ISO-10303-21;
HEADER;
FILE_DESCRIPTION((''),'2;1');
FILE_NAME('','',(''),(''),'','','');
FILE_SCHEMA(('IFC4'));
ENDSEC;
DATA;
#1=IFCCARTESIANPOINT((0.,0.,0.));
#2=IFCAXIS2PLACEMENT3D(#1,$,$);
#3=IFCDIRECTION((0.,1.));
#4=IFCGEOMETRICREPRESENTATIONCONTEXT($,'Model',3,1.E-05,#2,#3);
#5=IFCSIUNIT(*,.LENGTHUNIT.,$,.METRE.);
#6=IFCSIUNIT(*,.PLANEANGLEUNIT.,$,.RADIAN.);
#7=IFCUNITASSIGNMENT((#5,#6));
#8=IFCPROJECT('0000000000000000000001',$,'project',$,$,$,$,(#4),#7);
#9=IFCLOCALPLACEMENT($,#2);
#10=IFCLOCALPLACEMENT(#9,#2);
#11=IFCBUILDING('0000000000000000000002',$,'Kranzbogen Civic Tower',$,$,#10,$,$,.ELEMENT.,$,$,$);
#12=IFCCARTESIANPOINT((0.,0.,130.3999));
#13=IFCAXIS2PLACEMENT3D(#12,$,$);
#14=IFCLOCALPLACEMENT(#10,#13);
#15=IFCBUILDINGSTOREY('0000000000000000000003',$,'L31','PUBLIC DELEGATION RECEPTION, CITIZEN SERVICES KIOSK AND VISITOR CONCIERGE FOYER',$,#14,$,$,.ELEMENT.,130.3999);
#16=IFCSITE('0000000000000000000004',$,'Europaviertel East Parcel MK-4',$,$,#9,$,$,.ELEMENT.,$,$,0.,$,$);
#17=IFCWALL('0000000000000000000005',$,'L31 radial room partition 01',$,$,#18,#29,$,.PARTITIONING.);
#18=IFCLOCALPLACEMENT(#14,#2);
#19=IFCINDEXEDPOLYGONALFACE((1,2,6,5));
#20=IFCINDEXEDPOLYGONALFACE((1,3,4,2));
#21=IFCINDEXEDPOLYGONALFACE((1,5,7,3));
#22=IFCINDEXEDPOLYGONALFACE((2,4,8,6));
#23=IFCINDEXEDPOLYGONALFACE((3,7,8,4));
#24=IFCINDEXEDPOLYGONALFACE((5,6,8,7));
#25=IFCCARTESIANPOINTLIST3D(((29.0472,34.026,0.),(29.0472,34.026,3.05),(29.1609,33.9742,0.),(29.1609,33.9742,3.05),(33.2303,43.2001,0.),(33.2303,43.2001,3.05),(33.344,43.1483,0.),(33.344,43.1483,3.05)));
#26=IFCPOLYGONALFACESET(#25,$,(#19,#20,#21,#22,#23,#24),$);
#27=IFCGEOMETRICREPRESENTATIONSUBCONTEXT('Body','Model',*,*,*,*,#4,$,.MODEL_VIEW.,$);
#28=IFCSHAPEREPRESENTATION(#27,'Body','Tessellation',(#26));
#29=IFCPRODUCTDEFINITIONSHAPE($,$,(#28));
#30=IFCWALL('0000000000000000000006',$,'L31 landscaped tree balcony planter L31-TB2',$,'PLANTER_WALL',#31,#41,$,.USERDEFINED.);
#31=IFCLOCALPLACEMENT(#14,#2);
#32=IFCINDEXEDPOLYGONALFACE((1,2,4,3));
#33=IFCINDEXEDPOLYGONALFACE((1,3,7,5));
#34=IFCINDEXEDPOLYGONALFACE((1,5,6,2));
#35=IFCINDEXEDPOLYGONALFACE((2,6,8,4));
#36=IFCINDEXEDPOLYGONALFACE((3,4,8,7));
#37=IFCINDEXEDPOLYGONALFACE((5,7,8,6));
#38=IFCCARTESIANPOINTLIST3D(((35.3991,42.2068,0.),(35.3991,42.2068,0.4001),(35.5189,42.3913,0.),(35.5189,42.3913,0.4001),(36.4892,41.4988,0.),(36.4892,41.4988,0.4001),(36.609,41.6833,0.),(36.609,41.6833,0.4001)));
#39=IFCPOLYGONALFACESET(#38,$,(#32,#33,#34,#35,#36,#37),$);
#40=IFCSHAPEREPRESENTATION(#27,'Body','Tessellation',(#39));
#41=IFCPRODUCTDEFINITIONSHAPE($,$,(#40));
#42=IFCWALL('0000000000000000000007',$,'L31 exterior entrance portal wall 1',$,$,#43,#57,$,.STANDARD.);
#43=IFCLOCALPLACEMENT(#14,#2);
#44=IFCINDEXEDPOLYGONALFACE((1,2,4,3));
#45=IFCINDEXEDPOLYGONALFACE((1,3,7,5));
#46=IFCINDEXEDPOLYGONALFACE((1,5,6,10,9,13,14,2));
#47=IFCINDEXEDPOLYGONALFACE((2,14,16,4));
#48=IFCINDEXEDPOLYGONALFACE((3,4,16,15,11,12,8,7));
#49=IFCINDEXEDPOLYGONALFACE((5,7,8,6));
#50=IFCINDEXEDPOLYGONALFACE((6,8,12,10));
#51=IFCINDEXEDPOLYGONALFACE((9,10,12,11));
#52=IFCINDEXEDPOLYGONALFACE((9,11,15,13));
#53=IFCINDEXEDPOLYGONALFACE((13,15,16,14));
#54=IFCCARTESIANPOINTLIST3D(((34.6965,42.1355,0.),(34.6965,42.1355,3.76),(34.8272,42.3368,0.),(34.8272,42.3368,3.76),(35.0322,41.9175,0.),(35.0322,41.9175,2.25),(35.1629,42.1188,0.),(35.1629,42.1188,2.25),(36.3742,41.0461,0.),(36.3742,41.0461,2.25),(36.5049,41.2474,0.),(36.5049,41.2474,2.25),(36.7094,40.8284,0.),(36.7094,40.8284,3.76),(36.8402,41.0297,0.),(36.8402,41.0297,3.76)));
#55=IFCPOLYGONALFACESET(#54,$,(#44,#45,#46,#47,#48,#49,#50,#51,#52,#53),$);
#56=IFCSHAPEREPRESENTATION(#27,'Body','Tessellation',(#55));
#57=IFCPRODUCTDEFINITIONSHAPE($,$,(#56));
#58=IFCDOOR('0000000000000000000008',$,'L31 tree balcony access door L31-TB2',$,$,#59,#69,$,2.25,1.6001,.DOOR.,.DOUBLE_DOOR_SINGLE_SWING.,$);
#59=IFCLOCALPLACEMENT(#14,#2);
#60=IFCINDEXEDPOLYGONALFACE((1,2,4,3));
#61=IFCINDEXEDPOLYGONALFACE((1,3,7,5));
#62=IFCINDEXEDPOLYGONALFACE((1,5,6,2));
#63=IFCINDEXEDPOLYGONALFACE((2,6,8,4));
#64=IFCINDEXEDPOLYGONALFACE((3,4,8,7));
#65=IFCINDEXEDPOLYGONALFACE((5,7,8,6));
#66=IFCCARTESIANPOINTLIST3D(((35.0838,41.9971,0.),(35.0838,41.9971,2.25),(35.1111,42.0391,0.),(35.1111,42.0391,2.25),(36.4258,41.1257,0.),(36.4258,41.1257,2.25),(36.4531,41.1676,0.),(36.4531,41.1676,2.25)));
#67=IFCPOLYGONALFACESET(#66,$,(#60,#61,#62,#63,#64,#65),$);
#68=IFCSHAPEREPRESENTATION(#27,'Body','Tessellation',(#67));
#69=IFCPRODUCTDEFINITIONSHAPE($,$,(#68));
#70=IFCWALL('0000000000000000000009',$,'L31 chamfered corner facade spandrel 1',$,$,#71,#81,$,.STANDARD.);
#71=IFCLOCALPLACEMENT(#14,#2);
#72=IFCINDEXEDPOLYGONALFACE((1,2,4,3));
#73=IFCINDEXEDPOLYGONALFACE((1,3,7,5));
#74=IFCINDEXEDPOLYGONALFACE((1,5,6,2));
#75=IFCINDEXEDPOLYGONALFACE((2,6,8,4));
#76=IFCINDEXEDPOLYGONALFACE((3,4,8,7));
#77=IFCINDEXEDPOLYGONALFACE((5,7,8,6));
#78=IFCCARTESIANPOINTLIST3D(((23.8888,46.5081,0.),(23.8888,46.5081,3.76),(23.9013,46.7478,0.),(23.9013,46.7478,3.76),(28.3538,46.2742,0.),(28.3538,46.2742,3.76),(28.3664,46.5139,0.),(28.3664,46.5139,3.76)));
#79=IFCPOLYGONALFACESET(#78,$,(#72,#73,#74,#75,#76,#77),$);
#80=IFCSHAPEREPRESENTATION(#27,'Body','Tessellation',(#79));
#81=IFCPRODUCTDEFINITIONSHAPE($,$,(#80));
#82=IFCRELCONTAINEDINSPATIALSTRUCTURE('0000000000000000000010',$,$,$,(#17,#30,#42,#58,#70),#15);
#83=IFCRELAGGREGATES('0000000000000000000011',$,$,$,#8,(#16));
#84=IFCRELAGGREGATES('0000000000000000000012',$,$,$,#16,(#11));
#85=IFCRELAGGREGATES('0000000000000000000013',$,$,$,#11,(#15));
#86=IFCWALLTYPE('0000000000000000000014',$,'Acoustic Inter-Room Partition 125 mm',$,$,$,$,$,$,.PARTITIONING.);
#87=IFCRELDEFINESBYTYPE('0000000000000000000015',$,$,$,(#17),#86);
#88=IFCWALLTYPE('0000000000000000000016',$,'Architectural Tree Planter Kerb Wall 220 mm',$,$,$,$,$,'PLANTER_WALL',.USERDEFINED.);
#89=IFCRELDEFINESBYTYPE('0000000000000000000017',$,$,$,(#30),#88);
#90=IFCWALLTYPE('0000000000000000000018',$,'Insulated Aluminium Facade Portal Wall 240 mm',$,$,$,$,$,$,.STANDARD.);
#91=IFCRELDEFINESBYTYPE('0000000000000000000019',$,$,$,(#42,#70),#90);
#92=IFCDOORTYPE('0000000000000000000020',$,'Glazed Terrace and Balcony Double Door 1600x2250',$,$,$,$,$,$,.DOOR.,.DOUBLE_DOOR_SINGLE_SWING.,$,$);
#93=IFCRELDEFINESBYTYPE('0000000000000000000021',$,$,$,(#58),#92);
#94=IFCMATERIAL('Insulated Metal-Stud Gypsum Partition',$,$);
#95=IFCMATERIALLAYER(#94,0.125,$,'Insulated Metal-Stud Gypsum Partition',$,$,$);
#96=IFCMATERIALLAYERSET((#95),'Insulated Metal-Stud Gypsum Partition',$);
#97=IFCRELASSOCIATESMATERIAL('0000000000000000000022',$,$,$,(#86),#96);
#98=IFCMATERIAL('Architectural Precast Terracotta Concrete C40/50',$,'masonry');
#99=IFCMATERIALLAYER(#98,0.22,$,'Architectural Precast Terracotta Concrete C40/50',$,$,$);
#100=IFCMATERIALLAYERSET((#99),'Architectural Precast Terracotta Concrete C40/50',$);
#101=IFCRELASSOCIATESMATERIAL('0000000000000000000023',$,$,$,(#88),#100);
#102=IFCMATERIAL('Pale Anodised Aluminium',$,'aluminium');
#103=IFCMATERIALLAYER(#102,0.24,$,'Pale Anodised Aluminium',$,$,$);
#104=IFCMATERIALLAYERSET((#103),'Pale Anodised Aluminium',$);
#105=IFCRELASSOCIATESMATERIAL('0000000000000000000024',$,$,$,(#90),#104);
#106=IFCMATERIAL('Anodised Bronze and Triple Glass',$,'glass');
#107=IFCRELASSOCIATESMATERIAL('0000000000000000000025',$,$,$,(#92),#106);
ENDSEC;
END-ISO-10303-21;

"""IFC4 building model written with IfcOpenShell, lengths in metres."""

from ifc_helpers import new_model, si_unit, direction, frame, frame_2d, origin, place, context, subcontext, project, spatial, rectangle, extrude, material, layer, layer_set, type_object, element, fill, save


model = new_model("IFC4")

# Units and contexts
model_context = context("Model", 3, precision=1e-05, world=origin(), true_north=direction((0.0, 1.0)))
body_context = subcontext(model_context, "Body", "Model", "MODEL_VIEW")
ifc_project = project(units=[si_unit("LENGTHUNIT", "METRE"), si_unit("PLANEANGLEUNIT", "RADIAN")], contexts=[model_context])

# Site, building, storey
site_placement = place(None, origin())
site = spatial("IfcSite", under=ifc_project, at=site_placement, Name="Europaviertel East Parcel MK-4", CompositionType="ELEMENT", RefElevation=0.0)
building_placement = place(site_placement, origin())
building = spatial("IfcBuilding", under=site, at=building_placement, Name="Kranzbogen Civic Tower", CompositionType="ELEMENT")
storey_placement = place(building_placement, frame((0.0, 0.0, 130.3999)))
storey = spatial("IfcBuildingStorey", under=building, at=storey_placement, Name="L31", Description="PUBLIC DELEGATION RECEPTION, CITIZEN SERVICES KIOSK AND VISITOR CONCIERGE FOYER", CompositionType="ELEMENT", Elevation=130.3999)

# Shared definitions
ifc_material_1 = material(Name="Pale Anodised Aluminium", Category="aluminium")

# Walls
ifc_material_2 = material(Name="Insulated Metal-Stud Gypsum Partition")
ifc_layer_1 = layer(ifc_material_2, 0.125, Name="Insulated Metal-Stud Gypsum Partition")
ifc_layer_set_1 = layer_set([ifc_layer_1], Name="Insulated Metal-Stud Gypsum Partition")
wall_type_1 = type_object("IfcWallType", Name="Acoustic Inter-Room Partition 125 mm", PredefinedType="PARTITIONING", material=ifc_layer_set_1)
wall_1_placement = place(storey_placement, frame((29.104, 34.0, 0.0), z_axis=(0.0, 0.0, 1.0), x_axis=(0.414877, 0.909877, 0.0)))
element("IfcWall", 1, at=wall_1_placement, inside=storey, type_object=wall_type_1, Name="L31 radial room partition 01", PredefinedType="PARTITIONING", context=body_context, shape_type="SweptSolid", body=[
    extrude(rectangle(XDim=10.0828, YDim=0.125, at=frame_2d((5.0415, 0.0))), origin(), (0.0, 0.0, 1.0), 3.05),
])
ifc_material_3 = material(Name="Architectural Precast Terracotta Concrete C40/50", Category="masonry")
ifc_layer_2 = layer(ifc_material_3, 0.22, Name="Architectural Precast Terracotta Concrete C40/50")
ifc_layer_set_2 = layer_set([ifc_layer_2], Name="Architectural Precast Terracotta Concrete C40/50")
wall_type_2 = type_object("IfcWallType", Name="Architectural Tree Planter Kerb Wall 220 mm", ElementType="PLANTER_WALL", PredefinedType="USERDEFINED", material=ifc_layer_set_2)
wall_2_placement = place(storey_placement, frame((36.5491, 41.5911, 0.0), z_axis=(0.0, 0.0, 1.0), x_axis=(-0.838637, 0.544691, 0.0)))
element("IfcWall", 2, at=wall_2_placement, inside=storey, type_object=wall_type_2, Name="L31 landscaped tree balcony planter L31-TB2", ObjectType="PLANTER_WALL", PredefinedType="USERDEFINED", context=body_context, shape_type="SweptSolid", body=[
    extrude(rectangle(XDim=1.2998, YDim=0.22, at=frame_2d((0.6499, 0.0))), origin(), (0.0, 0.0, 1.0), 0.4001),
])

# Wall, opening, door
ifc_layer_3 = layer(ifc_material_1, 0.24, Name="Pale Anodised Aluminium")
ifc_layer_set_3 = layer_set([ifc_layer_3], Name="Pale Anodised Aluminium")
wall_type_3 = type_object("IfcWallType", Name="Insulated Aluminium Facade Portal Wall 240 mm", PredefinedType="STANDARD", material=ifc_layer_set_3)
wall_3_placement = place(storey_placement, frame((36.7749, 40.929, 0.0), z_axis=(0.0, 0.0, 1.0), x_axis=(-0.838688, 0.544613, 0.0)))
wall_3 = element("IfcWall", 3, at=wall_3_placement, inside=storey, type_object=wall_type_3, Name="L31 exterior entrance portal wall 1", PredefinedType="STANDARD", context=body_context, shape_type="SweptSolid", body=[
    extrude(rectangle(XDim=2.4001, YDim=0.24, at=frame_2d((1.2002, 0.0))), origin(), (0.0, 0.0, 1.0), 3.76),
])
opening_1_placement = place(wall_3_placement, frame((0.3999, 0.0, 0.0)))
opening_1 = element("IfcOpeningElement", 4, at=opening_1_placement, cuts=wall_3, PredefinedType="OPENING", context=body_context, shape_type="SweptSolid", body=[
    extrude(rectangle(XDim=1.6001, YDim=2.25, at=frame_2d((0.8, 1.125))), frame((0.0, 0.1299, 0.0), z_axis=(0.0, -1.0, 0.0), x_axis=(1.0, 0.0, 0.0)), (0.0, 0.0, 1.0), 0.26),
])
ifc_material_4 = material(Name="Anodised Bronze and Triple Glass", Category="glass")
door_type_1 = type_object("IfcDoorType", Name="Glazed Terrace and Balcony Double Door 1600x2250", OperationType="DOUBLE_DOOR_SINGLE_SWING", PredefinedType="DOOR", material=ifc_material_4)
door_1_placement = place(opening_1_placement, frame((1.6001, 0.0, 0.0), z_axis=(0.0, 0.0, 1.0), x_axis=(-1.0, 0.0, 0.0)))
door_1 = element("IfcDoor", 5, at=door_1_placement, inside=storey, type_object=door_type_1, Name="L31 tree balcony access door L31-TB2", OperationType="DOUBLE_DOOR_SINGLE_SWING", OverallHeight=2.25, OverallWidth=1.6001, PredefinedType="DOOR", context=body_context, shape_type="SweptSolid", body=[
    extrude(rectangle(XDim=1.6001, YDim=2.25, at=frame_2d((0.8, 1.125))), frame((0.0, 0.0249, 0.0), z_axis=(0.0, -1.0, 0.0), x_axis=(1.0, 0.0, 0.0)), (0.0, 0.0, 1.0), 0.05),
])
fill(opening_1, door_1)

# Wall
wall_4_placement = place(storey_placement, frame((28.3601, 46.394, 0.0), z_axis=(0.0, 0.0, 1.0), x_axis=(-0.998631, 0.052309, 0.0)))
element("IfcWall", 6, at=wall_4_placement, inside=storey, type_object=wall_type_3, Name="L31 chamfered corner facade spandrel 1", PredefinedType="STANDARD", context=body_context, shape_type="SweptSolid", body=[
    extrude(rectangle(XDim=4.4712, YDim=0.24, at=frame_2d((2.2356, 0.0))), origin(), (0.0, 0.0, 1.0), 3.76),
])

save(model, "model.ifc")
